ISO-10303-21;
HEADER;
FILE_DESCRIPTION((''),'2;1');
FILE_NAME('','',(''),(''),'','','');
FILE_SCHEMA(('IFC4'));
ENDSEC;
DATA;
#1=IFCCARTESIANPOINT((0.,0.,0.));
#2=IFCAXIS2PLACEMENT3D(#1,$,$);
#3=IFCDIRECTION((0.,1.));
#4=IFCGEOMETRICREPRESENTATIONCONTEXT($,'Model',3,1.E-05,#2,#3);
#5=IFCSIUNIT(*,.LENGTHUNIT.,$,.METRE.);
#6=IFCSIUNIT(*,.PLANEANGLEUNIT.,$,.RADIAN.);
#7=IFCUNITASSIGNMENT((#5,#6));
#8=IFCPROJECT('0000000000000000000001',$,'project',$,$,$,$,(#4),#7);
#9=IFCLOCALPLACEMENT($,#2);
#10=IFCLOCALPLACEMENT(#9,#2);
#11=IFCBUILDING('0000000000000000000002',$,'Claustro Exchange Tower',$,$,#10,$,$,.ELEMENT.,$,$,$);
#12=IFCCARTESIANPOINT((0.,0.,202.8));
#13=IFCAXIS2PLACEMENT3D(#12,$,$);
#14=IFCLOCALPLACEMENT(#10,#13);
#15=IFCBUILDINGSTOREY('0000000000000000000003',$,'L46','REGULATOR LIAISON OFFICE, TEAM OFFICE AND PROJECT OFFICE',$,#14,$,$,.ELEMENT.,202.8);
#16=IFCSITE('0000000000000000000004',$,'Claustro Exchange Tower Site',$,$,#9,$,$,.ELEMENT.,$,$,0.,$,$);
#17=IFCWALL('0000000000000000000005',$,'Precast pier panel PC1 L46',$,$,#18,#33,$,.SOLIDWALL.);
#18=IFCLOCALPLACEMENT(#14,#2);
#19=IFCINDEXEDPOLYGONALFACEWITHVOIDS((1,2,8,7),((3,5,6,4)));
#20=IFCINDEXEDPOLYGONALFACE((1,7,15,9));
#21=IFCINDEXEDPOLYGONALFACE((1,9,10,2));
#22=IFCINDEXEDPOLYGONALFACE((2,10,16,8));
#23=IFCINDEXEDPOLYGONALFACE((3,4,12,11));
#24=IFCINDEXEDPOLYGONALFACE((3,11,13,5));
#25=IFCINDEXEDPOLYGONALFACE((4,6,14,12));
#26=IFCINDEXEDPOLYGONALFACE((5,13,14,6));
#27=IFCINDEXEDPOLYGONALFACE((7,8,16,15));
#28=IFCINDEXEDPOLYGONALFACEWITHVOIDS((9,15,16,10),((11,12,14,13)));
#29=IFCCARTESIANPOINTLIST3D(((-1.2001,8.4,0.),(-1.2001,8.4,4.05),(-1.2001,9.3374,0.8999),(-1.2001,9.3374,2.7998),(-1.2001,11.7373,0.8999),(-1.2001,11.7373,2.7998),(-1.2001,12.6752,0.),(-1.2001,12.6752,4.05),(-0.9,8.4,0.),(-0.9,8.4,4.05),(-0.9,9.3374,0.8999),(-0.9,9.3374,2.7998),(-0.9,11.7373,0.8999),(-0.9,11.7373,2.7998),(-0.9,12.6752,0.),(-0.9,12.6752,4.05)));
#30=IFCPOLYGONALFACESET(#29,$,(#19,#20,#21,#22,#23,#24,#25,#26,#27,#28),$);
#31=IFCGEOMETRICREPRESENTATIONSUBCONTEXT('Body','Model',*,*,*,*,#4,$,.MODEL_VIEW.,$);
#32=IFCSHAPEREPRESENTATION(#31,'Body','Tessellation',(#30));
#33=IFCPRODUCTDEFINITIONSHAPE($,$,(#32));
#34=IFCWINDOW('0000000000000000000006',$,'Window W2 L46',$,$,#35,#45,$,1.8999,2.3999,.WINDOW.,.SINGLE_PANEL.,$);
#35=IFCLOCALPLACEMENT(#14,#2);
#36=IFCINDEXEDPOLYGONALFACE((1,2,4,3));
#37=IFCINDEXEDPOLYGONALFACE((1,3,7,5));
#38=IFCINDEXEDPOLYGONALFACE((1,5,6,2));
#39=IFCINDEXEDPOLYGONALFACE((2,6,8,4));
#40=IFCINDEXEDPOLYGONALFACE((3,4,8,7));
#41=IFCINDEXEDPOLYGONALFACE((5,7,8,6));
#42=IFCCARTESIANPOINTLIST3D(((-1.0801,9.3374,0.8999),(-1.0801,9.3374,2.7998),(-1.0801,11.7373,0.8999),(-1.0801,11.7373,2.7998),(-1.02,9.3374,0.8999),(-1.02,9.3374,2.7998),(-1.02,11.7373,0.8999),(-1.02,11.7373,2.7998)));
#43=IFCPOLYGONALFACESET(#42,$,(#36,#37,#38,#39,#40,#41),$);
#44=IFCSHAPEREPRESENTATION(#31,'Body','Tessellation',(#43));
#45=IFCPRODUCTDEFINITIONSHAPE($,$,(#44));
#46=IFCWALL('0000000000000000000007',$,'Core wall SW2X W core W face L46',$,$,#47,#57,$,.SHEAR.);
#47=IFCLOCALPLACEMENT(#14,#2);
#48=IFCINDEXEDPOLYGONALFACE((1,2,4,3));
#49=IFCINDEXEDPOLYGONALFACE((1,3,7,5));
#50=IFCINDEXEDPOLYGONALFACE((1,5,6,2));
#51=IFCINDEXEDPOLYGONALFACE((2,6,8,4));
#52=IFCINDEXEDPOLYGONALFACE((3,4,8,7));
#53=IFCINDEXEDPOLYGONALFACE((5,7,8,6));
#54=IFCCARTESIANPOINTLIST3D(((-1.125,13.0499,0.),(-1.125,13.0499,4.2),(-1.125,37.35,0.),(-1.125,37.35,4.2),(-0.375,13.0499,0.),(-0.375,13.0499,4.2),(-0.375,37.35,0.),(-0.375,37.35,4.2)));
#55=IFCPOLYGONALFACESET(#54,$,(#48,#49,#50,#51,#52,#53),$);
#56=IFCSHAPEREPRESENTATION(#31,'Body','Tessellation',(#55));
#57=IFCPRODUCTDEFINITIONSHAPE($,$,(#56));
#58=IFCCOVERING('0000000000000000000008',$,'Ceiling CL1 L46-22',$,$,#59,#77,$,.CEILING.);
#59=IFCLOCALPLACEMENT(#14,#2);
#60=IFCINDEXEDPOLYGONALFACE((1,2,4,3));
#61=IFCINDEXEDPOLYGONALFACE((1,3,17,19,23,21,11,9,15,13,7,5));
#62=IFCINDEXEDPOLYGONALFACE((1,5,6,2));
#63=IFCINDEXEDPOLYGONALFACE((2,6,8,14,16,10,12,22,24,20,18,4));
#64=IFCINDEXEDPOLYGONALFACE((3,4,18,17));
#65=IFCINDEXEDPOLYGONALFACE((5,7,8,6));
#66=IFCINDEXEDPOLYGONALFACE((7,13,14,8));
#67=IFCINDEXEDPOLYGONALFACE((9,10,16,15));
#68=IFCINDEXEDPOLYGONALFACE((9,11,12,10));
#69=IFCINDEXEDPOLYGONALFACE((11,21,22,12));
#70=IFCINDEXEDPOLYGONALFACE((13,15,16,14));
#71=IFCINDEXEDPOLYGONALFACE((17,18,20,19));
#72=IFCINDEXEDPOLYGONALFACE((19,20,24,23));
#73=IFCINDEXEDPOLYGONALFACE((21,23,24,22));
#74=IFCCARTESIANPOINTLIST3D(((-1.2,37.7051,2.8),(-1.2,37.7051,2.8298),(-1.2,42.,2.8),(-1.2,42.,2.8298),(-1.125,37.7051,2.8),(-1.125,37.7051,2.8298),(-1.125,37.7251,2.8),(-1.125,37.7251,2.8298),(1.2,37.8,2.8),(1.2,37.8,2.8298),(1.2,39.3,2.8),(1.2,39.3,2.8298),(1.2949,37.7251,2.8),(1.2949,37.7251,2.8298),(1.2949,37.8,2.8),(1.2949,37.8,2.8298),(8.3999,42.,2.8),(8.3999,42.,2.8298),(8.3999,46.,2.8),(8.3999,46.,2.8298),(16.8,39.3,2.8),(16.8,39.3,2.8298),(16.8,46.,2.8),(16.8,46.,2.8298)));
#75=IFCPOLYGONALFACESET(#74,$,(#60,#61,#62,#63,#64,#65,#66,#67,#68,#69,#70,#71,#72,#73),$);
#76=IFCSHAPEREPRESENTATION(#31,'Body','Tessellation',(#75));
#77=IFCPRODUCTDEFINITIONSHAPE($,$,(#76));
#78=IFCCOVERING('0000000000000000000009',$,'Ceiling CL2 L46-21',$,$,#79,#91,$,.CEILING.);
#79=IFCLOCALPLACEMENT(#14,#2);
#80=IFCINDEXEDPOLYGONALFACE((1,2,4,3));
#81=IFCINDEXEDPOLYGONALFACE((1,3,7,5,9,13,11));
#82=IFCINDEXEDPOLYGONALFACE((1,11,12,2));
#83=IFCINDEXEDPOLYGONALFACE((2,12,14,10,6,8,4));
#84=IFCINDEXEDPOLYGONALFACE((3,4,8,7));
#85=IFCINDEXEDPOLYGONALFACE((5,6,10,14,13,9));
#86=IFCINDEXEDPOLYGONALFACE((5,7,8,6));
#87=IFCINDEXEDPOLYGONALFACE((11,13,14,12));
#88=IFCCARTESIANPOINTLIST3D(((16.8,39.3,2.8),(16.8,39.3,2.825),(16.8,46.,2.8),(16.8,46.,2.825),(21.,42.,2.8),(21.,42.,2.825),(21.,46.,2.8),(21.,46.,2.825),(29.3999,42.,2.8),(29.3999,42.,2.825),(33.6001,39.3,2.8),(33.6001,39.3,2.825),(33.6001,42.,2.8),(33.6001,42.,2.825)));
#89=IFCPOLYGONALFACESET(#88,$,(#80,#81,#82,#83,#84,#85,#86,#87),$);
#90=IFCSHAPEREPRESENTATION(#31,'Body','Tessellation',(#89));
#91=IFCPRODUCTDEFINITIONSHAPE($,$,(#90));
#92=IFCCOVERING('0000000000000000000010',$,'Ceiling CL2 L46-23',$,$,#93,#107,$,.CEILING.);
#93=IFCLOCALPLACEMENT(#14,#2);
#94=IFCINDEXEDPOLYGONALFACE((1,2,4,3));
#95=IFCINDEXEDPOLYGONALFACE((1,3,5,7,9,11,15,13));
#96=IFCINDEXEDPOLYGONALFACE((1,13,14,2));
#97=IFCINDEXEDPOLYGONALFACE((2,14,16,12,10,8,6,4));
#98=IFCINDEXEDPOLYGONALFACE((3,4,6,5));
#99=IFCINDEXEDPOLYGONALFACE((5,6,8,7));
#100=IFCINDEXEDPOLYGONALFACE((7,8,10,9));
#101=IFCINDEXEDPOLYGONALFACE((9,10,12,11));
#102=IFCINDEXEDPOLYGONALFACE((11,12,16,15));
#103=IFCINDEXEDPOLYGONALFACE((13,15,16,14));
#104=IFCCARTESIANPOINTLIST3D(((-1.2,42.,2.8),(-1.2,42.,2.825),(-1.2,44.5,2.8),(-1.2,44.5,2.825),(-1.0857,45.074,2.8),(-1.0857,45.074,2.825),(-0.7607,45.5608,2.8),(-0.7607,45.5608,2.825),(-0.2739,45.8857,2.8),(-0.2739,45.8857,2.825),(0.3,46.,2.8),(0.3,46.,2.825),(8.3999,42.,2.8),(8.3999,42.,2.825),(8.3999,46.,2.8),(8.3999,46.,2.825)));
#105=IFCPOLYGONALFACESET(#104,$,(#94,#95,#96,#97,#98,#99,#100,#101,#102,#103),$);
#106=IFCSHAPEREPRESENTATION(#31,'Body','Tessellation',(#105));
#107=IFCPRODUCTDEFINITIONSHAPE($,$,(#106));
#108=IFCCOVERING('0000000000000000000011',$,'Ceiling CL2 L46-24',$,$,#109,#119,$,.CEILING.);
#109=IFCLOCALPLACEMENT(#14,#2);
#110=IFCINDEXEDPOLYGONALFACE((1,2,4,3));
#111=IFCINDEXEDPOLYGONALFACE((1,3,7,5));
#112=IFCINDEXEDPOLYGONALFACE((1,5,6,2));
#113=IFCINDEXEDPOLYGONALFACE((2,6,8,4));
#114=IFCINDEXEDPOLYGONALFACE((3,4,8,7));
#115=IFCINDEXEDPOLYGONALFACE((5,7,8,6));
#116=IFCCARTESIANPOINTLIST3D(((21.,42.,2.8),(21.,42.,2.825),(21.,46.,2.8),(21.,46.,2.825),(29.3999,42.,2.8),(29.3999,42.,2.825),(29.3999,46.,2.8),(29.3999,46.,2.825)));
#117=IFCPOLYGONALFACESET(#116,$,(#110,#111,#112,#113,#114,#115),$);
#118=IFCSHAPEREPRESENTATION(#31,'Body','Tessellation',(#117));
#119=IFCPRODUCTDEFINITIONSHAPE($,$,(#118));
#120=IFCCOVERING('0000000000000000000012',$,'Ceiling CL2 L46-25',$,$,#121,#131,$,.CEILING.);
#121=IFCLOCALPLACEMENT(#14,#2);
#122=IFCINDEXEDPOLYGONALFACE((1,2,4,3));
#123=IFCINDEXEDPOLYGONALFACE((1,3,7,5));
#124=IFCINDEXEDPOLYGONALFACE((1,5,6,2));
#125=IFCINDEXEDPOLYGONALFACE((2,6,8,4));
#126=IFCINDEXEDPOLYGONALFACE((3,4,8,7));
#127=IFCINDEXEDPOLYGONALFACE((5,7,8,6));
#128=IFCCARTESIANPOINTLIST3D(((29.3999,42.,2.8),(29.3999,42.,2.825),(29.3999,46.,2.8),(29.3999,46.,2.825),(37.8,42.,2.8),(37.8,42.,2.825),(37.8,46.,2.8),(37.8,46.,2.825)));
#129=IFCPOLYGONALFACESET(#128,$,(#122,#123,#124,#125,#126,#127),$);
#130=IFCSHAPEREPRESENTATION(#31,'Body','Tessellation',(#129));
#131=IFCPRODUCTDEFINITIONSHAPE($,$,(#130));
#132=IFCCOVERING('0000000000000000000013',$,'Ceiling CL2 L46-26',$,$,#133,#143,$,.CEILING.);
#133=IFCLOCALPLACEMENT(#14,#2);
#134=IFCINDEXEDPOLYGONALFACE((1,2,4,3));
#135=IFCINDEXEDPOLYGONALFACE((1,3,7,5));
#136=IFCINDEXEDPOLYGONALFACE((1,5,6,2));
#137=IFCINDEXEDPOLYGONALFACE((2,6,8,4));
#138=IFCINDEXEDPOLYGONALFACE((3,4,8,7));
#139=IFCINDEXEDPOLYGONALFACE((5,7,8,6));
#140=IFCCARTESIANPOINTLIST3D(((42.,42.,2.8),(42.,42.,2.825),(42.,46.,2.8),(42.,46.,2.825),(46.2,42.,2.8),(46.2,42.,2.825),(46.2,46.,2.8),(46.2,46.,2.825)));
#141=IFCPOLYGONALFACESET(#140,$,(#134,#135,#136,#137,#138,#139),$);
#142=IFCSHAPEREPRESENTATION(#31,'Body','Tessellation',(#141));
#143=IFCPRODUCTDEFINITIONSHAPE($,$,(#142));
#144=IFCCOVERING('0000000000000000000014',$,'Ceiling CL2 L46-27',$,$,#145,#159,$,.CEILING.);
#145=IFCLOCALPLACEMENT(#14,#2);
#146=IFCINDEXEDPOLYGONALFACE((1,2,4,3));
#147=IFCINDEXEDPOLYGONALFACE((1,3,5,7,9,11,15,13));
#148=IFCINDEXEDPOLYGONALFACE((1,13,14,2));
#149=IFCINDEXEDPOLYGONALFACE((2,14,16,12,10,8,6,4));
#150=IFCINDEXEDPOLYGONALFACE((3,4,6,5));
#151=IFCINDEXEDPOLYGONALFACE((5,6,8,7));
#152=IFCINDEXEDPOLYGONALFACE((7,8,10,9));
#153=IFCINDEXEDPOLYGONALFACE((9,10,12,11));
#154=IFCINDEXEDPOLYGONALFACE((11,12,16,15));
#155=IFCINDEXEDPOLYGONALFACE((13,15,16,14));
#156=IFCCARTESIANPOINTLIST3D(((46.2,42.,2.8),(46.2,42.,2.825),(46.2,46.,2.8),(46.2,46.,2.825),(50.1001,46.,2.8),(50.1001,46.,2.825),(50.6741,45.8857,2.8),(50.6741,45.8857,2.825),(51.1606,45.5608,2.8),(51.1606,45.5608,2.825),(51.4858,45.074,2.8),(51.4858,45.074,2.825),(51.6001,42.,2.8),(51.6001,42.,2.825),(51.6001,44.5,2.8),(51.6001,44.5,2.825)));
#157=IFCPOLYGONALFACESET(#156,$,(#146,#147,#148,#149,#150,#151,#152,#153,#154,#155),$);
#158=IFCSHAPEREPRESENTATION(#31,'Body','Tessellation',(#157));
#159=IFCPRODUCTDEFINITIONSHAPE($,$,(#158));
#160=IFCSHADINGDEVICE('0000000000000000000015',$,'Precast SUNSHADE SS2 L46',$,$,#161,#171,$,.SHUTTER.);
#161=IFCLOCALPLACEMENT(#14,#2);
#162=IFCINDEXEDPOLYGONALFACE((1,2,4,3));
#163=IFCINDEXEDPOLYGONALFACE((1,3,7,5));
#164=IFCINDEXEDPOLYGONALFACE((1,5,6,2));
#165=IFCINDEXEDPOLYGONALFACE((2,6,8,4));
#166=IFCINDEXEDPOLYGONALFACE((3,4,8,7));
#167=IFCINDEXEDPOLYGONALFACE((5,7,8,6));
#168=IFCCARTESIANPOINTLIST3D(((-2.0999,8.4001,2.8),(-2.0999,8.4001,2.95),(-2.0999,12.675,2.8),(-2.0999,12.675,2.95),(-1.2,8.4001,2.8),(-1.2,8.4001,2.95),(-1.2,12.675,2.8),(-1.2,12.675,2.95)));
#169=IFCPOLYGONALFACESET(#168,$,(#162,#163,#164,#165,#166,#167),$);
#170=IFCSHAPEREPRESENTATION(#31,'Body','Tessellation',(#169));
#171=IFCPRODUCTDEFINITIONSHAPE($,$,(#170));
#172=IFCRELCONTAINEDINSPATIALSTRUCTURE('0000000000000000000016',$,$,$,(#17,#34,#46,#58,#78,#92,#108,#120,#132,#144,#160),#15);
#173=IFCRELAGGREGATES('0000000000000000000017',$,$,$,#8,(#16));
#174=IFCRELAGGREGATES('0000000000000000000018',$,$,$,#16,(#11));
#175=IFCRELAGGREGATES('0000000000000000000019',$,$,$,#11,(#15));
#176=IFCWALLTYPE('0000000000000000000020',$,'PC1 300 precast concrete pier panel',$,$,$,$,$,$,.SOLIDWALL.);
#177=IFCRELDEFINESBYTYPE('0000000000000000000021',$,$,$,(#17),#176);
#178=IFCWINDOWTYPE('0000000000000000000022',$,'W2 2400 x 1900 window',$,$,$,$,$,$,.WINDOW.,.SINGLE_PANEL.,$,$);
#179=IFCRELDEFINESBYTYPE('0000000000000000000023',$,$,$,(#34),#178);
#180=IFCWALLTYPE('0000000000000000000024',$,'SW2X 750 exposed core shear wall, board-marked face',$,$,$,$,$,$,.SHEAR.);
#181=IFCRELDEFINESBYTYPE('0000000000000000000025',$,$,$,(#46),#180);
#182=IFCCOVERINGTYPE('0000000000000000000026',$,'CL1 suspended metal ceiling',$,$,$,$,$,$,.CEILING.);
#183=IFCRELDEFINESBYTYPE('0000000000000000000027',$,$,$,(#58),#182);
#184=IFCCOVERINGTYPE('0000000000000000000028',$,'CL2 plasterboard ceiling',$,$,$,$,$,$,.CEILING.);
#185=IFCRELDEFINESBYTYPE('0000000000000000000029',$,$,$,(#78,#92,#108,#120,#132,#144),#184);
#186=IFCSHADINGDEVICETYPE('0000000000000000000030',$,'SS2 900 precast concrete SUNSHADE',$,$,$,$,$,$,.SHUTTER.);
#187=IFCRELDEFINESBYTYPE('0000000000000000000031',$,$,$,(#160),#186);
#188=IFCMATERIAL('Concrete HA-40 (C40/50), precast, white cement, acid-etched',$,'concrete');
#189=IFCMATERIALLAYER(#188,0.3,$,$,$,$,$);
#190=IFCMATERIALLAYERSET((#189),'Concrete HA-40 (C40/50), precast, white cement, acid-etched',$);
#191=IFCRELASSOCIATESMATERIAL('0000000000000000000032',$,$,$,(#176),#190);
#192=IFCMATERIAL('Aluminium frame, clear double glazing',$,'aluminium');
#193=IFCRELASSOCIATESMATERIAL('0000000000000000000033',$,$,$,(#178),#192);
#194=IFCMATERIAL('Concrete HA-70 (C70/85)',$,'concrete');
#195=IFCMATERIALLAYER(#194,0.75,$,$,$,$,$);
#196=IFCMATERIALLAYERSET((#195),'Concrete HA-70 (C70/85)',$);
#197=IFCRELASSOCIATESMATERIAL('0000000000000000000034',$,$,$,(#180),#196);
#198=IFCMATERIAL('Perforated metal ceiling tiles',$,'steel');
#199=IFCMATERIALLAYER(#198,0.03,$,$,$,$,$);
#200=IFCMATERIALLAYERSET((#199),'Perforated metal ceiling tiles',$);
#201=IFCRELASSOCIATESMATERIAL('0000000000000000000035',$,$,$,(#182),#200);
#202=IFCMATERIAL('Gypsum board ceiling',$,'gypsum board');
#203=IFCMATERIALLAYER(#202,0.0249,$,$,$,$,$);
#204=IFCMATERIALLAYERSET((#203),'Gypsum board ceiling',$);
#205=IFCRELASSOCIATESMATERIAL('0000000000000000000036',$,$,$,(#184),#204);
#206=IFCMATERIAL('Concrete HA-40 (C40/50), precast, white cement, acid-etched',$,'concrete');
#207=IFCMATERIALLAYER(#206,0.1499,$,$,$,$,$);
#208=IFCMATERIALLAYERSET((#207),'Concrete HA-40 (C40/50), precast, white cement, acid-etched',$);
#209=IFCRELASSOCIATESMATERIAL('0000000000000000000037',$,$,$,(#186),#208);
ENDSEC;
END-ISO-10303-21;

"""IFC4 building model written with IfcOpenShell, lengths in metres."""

from ifc_helpers import new_model, si_unit, direction, frame, frame_2d, origin, origin_2d, place, context, subcontext, project, spatial, polyline, rectangle, outline, extrude, material, layer, layer_set, type_object, element, fill, save


model = new_model("IFC4")

# Units and contexts
model_context = context("Model", 3, precision=1e-05, world=origin(), true_north=direction((0.0, 1.0)))
body_context = subcontext(model_context, "Body", "Model", "MODEL_VIEW")
ifc_project = project(units=[si_unit("LENGTHUNIT", "METRE"), si_unit("PLANEANGLEUNIT", "RADIAN")], contexts=[model_context])

# Site, building, storey
site_placement = place(None, origin())
site = spatial("IfcSite", under=ifc_project, at=site_placement, Name="Claustro Exchange Tower Site", CompositionType="ELEMENT", RefElevation=0.0)
building_placement = place(site_placement, origin())
building = spatial("IfcBuilding", under=site, at=building_placement, Name="Claustro Exchange Tower", CompositionType="ELEMENT")
storey_placement = place(building_placement, frame((0.0, 0.0, 202.8)))
storey = spatial("IfcBuildingStorey", under=building, at=storey_placement, Name="L46", Description="REGULATOR LIAISON OFFICE, TEAM OFFICE AND PROJECT OFFICE", CompositionType="ELEMENT", Elevation=202.8)

# Shared definitions
ifc_material_1 = material(Name="Concrete HA-40 (C40/50), precast, white cement, acid-etched", Category="concrete")
ifc_layer_1 = layer(ifc_material_1, 0.3)
ifc_layer_set_1 = layer_set([ifc_layer_1], Name="Concrete HA-40 (C40/50), precast, white cement, acid-etched")
wall_type_1 = type_object("IfcWallType", Name="PC1 300 precast concrete pier panel", PredefinedType="SOLIDWALL", material=ifc_layer_set_1)

# Wall, opening, window
wall_1_placement = place(storey_placement, frame((-1.05, 8.3999, 0.0), z_axis=(0.0, 0.0, 1.0), x_axis=(0.0, 1.0, 0.0)))
wall_1 = element("IfcWall", 1, at=wall_1_placement, inside=storey, type_object=wall_type_1, Name="Precast pier panel PC1 L46", PredefinedType="SOLIDWALL", context=body_context, shape_type="SweptSolid", body=[
    extrude(rectangle(XDim=4.2751, YDim=0.3, at=frame_2d((2.1377, 0.0))), origin(), (0.0, 0.0, 1.0), 4.05),
])
opening_1_placement = place(wall_1_placement, frame((0.9375, 0.0, 0.8999)))
opening_1 = element("IfcOpeningElement", 2, at=opening_1_placement, cuts=wall_1, PredefinedType="OPENING", context=body_context, shape_type="SweptSolid", body=[
    extrude(rectangle(XDim=2.3999, YDim=1.8999, at=frame_2d((1.2, 0.95))), frame((0.0, 0.1599, 0.0), z_axis=(0.0, -1.0, 0.0), x_axis=(1.0, 0.0, 0.0)), (0.0, 0.0, 1.0), 0.3201),
])
ifc_material_2 = material(Name="Aluminium frame, clear double glazing", Category="aluminium")
window_type = type_object("IfcWindowType", Name="W2 2400 x 1900 window", PartitioningType="SINGLE_PANEL", PredefinedType="WINDOW", material=ifc_material_2)
window_placement = place(opening_1_placement, origin())
window = element("IfcWindow", 3, at=window_placement, inside=storey, type_object=window_type, Name="Window W2 L46", OverallHeight=1.8999, OverallWidth=2.3999, PartitioningType="SINGLE_PANEL", PredefinedType="WINDOW", context=body_context, shape_type="SweptSolid", body=[
    extrude(rectangle(XDim=2.3999, YDim=1.8999, at=frame_2d((1.2, 0.95))), frame((0.0, 0.03, 0.0), z_axis=(0.0, -1.0, 0.0), x_axis=(1.0, 0.0, 0.0)), (0.0, 0.0, 1.0), 0.0601),
])
fill(opening_1, window)

# Wall
ifc_material_3 = material(Name="Concrete HA-70 (C70/85)", Category="concrete")
ifc_layer_2 = layer(ifc_material_3, 0.75)
ifc_layer_set_2 = layer_set([ifc_layer_2], Name="Concrete HA-70 (C70/85)")
wall_type_2 = type_object("IfcWallType", Name="SW2X 750 exposed core shear wall, board-marked face", PredefinedType="SHEAR", material=ifc_layer_set_2)
wall_2_placement = place(storey_placement, frame((-0.75, 13.05, 0.0), z_axis=(0.0, 0.0, 1.0), x_axis=(0.0, 1.0, 0.0)))
element("IfcWall", 4, at=wall_2_placement, inside=storey, type_object=wall_type_2, Name="Core wall SW2X W core W face L46", PredefinedType="SHEAR", context=body_context, shape_type="SweptSolid", body=[
    extrude(rectangle(XDim=24.3, YDim=0.75, at=frame_2d((12.1499, 0.0))), origin(), (0.0, 0.0, 1.0), 4.2),
])

# Coverings
ifc_material_4 = material(Name="Perforated metal ceiling tiles", Category="steel")
ifc_layer_3 = layer(ifc_material_4, 0.03)
ifc_layer_set_3 = layer_set([ifc_layer_3], Name="Perforated metal ceiling tiles")
covering_type_1 = type_object("IfcCoveringType", Name="CL1 suspended metal ceiling", PredefinedType="CEILING", material=ifc_layer_set_3)
covering_1_placement = place(storey_placement, frame((0.0, 0.0, 2.8)))
element("IfcCovering", 5, at=covering_1_placement, inside=storey, type_object=covering_type_1, Name="Ceiling CL1 L46-22", PredefinedType="CEILING", context=body_context, shape_type="SweptSolid", body=[
    extrude(outline(polyline([(-1.125, 37.7251), (1.2949, 37.7251), (1.2949, 37.8), (1.2, 37.8), (1.2, 39.3), (16.8, 39.3), (16.8, 46.0), (8.3999, 46.0), (8.3999, 42.0), (-1.2, 42.0), (-1.2, 37.7051), (-1.125, 37.7051), (-1.125, 37.7251)])), origin(), (0.0, 0.0, 1.0), 0.0298),
])
ifc_material_5 = material(Name="Gypsum board ceiling", Category="gypsum board")
ifc_layer_4 = layer(ifc_material_5, 0.0249)
ifc_layer_set_4 = layer_set([ifc_layer_4], Name="Gypsum board ceiling")
covering_type_2 = type_object("IfcCoveringType", Name="CL2 plasterboard ceiling", PredefinedType="CEILING", material=ifc_layer_set_4)
covering_2_placement = place(storey_placement, frame((0.0, 0.0, 2.8)))
element("IfcCovering", 6, at=covering_2_placement, inside=storey, type_object=covering_type_2, Name="Ceiling CL2 L46-21", PredefinedType="CEILING", context=body_context, shape_type="SweptSolid", body=[
    extrude(outline(polyline([(21.0, 46.0), (16.8, 46.0), (16.8, 39.3), (33.6001, 39.3), (33.6001, 42.0), (29.3999, 42.0), (21.0, 42.0), (21.0, 46.0)])), origin(), (0.0, 0.0, 1.0), 0.0249),
])
covering_3_placement = place(storey_placement, frame((0.0, 0.0, 2.8)))
element("IfcCovering", 7, at=covering_3_placement, inside=storey, type_object=covering_type_2, Name="Ceiling CL2 L46-23", PredefinedType="CEILING", context=body_context, shape_type="SweptSolid", body=[
    extrude(outline(polyline([(-1.2, 44.5), (-1.2, 42.0), (8.3999, 42.0), (8.3999, 46.0), (0.3, 46.0), (-0.2739, 45.8857), (-0.7607, 45.5608), (-1.0857, 45.074), (-1.2, 44.5)])), origin(), (0.0, 0.0, 1.0), 0.0249),
])
covering_4_placement = place(storey_placement, frame((0.0, 0.0, 2.8)))
element("IfcCovering", 8, at=covering_4_placement, inside=storey, type_object=covering_type_2, Name="Ceiling CL2 L46-24", PredefinedType="CEILING", context=body_context, shape_type="SweptSolid", body=[
    extrude(outline(polyline([(29.3999, 46.0), (21.0, 46.0), (21.0, 42.0), (29.3999, 42.0), (29.3999, 46.0)])), origin(), (0.0, 0.0, 1.0), 0.0249),
])
covering_5_placement = place(storey_placement, frame((0.0, 0.0, 2.8)))
element("IfcCovering", 9, at=covering_5_placement, inside=storey, type_object=covering_type_2, Name="Ceiling CL2 L46-25", PredefinedType="CEILING", context=body_context, shape_type="SweptSolid", body=[
    extrude(outline(polyline([(37.8, 46.0), (29.3999, 46.0), (29.3999, 42.0), (37.8, 42.0), (37.8, 46.0)])), origin(), (0.0, 0.0, 1.0), 0.0249),
])
covering_6_placement = place(storey_placement, frame((0.0, 0.0, 2.8)))
element("IfcCovering", 10, at=covering_6_placement, inside=storey, type_object=covering_type_2, Name="Ceiling CL2 L46-26", PredefinedType="CEILING", context=body_context, shape_type="SweptSolid", body=[
    extrude(outline(polyline([(46.2, 46.0), (42.0, 46.0), (42.0, 42.0), (46.2, 42.0), (46.2, 46.0)])), origin(), (0.0, 0.0, 1.0), 0.0249),
])
covering_7_placement = place(storey_placement, frame((0.0, 0.0, 2.8)))
element("IfcCovering", 11, at=covering_7_placement, inside=storey, type_object=covering_type_2, Name="Ceiling CL2 L46-27", PredefinedType="CEILING", context=body_context, shape_type="SweptSolid", body=[
    extrude(outline(polyline([(50.1001, 46.0), (46.2, 46.0), (46.2, 42.0), (51.6001, 42.0), (51.6001, 44.5), (51.4858, 45.074), (51.1606, 45.5608), (50.6741, 45.8857), (50.1001, 46.0)])), origin(), (0.0, 0.0, 1.0), 0.0249),
])

# Shading device
ifc_material_6 = material(Name="Concrete HA-40 (C40/50), precast, white cement, acid-etched", Category="concrete")
ifc_layer_5 = layer(ifc_material_6, 0.1499)
ifc_layer_set_5 = layer_set([ifc_layer_5], Name="Concrete HA-40 (C40/50), precast, white cement, acid-etched")
shading_device_type = type_object("IfcShadingDeviceType", Name="SS2 900 precast concrete SUNSHADE", PredefinedType="SHUTTER", material=ifc_layer_set_5)
shading_device_placement = place(storey_placement, frame((-1.6499, 10.5376, 2.8), z_axis=(0.0, 0.0, 1.0), x_axis=(0.0, 1.0, 0.0)))
element("IfcShadingDevice", 12, at=shading_device_placement, inside=storey, type_object=shading_device_type, Name="Precast SUNSHADE SS2 L46", PredefinedType="SHUTTER", context=body_context, shape_type="SweptSolid", body=[
    extrude(rectangle(XDim=4.2749, YDim=0.8999, at=origin_2d()), origin(), (0.0, 0.0, 1.0), 0.1499),
])

save(model, "model.ifc")
